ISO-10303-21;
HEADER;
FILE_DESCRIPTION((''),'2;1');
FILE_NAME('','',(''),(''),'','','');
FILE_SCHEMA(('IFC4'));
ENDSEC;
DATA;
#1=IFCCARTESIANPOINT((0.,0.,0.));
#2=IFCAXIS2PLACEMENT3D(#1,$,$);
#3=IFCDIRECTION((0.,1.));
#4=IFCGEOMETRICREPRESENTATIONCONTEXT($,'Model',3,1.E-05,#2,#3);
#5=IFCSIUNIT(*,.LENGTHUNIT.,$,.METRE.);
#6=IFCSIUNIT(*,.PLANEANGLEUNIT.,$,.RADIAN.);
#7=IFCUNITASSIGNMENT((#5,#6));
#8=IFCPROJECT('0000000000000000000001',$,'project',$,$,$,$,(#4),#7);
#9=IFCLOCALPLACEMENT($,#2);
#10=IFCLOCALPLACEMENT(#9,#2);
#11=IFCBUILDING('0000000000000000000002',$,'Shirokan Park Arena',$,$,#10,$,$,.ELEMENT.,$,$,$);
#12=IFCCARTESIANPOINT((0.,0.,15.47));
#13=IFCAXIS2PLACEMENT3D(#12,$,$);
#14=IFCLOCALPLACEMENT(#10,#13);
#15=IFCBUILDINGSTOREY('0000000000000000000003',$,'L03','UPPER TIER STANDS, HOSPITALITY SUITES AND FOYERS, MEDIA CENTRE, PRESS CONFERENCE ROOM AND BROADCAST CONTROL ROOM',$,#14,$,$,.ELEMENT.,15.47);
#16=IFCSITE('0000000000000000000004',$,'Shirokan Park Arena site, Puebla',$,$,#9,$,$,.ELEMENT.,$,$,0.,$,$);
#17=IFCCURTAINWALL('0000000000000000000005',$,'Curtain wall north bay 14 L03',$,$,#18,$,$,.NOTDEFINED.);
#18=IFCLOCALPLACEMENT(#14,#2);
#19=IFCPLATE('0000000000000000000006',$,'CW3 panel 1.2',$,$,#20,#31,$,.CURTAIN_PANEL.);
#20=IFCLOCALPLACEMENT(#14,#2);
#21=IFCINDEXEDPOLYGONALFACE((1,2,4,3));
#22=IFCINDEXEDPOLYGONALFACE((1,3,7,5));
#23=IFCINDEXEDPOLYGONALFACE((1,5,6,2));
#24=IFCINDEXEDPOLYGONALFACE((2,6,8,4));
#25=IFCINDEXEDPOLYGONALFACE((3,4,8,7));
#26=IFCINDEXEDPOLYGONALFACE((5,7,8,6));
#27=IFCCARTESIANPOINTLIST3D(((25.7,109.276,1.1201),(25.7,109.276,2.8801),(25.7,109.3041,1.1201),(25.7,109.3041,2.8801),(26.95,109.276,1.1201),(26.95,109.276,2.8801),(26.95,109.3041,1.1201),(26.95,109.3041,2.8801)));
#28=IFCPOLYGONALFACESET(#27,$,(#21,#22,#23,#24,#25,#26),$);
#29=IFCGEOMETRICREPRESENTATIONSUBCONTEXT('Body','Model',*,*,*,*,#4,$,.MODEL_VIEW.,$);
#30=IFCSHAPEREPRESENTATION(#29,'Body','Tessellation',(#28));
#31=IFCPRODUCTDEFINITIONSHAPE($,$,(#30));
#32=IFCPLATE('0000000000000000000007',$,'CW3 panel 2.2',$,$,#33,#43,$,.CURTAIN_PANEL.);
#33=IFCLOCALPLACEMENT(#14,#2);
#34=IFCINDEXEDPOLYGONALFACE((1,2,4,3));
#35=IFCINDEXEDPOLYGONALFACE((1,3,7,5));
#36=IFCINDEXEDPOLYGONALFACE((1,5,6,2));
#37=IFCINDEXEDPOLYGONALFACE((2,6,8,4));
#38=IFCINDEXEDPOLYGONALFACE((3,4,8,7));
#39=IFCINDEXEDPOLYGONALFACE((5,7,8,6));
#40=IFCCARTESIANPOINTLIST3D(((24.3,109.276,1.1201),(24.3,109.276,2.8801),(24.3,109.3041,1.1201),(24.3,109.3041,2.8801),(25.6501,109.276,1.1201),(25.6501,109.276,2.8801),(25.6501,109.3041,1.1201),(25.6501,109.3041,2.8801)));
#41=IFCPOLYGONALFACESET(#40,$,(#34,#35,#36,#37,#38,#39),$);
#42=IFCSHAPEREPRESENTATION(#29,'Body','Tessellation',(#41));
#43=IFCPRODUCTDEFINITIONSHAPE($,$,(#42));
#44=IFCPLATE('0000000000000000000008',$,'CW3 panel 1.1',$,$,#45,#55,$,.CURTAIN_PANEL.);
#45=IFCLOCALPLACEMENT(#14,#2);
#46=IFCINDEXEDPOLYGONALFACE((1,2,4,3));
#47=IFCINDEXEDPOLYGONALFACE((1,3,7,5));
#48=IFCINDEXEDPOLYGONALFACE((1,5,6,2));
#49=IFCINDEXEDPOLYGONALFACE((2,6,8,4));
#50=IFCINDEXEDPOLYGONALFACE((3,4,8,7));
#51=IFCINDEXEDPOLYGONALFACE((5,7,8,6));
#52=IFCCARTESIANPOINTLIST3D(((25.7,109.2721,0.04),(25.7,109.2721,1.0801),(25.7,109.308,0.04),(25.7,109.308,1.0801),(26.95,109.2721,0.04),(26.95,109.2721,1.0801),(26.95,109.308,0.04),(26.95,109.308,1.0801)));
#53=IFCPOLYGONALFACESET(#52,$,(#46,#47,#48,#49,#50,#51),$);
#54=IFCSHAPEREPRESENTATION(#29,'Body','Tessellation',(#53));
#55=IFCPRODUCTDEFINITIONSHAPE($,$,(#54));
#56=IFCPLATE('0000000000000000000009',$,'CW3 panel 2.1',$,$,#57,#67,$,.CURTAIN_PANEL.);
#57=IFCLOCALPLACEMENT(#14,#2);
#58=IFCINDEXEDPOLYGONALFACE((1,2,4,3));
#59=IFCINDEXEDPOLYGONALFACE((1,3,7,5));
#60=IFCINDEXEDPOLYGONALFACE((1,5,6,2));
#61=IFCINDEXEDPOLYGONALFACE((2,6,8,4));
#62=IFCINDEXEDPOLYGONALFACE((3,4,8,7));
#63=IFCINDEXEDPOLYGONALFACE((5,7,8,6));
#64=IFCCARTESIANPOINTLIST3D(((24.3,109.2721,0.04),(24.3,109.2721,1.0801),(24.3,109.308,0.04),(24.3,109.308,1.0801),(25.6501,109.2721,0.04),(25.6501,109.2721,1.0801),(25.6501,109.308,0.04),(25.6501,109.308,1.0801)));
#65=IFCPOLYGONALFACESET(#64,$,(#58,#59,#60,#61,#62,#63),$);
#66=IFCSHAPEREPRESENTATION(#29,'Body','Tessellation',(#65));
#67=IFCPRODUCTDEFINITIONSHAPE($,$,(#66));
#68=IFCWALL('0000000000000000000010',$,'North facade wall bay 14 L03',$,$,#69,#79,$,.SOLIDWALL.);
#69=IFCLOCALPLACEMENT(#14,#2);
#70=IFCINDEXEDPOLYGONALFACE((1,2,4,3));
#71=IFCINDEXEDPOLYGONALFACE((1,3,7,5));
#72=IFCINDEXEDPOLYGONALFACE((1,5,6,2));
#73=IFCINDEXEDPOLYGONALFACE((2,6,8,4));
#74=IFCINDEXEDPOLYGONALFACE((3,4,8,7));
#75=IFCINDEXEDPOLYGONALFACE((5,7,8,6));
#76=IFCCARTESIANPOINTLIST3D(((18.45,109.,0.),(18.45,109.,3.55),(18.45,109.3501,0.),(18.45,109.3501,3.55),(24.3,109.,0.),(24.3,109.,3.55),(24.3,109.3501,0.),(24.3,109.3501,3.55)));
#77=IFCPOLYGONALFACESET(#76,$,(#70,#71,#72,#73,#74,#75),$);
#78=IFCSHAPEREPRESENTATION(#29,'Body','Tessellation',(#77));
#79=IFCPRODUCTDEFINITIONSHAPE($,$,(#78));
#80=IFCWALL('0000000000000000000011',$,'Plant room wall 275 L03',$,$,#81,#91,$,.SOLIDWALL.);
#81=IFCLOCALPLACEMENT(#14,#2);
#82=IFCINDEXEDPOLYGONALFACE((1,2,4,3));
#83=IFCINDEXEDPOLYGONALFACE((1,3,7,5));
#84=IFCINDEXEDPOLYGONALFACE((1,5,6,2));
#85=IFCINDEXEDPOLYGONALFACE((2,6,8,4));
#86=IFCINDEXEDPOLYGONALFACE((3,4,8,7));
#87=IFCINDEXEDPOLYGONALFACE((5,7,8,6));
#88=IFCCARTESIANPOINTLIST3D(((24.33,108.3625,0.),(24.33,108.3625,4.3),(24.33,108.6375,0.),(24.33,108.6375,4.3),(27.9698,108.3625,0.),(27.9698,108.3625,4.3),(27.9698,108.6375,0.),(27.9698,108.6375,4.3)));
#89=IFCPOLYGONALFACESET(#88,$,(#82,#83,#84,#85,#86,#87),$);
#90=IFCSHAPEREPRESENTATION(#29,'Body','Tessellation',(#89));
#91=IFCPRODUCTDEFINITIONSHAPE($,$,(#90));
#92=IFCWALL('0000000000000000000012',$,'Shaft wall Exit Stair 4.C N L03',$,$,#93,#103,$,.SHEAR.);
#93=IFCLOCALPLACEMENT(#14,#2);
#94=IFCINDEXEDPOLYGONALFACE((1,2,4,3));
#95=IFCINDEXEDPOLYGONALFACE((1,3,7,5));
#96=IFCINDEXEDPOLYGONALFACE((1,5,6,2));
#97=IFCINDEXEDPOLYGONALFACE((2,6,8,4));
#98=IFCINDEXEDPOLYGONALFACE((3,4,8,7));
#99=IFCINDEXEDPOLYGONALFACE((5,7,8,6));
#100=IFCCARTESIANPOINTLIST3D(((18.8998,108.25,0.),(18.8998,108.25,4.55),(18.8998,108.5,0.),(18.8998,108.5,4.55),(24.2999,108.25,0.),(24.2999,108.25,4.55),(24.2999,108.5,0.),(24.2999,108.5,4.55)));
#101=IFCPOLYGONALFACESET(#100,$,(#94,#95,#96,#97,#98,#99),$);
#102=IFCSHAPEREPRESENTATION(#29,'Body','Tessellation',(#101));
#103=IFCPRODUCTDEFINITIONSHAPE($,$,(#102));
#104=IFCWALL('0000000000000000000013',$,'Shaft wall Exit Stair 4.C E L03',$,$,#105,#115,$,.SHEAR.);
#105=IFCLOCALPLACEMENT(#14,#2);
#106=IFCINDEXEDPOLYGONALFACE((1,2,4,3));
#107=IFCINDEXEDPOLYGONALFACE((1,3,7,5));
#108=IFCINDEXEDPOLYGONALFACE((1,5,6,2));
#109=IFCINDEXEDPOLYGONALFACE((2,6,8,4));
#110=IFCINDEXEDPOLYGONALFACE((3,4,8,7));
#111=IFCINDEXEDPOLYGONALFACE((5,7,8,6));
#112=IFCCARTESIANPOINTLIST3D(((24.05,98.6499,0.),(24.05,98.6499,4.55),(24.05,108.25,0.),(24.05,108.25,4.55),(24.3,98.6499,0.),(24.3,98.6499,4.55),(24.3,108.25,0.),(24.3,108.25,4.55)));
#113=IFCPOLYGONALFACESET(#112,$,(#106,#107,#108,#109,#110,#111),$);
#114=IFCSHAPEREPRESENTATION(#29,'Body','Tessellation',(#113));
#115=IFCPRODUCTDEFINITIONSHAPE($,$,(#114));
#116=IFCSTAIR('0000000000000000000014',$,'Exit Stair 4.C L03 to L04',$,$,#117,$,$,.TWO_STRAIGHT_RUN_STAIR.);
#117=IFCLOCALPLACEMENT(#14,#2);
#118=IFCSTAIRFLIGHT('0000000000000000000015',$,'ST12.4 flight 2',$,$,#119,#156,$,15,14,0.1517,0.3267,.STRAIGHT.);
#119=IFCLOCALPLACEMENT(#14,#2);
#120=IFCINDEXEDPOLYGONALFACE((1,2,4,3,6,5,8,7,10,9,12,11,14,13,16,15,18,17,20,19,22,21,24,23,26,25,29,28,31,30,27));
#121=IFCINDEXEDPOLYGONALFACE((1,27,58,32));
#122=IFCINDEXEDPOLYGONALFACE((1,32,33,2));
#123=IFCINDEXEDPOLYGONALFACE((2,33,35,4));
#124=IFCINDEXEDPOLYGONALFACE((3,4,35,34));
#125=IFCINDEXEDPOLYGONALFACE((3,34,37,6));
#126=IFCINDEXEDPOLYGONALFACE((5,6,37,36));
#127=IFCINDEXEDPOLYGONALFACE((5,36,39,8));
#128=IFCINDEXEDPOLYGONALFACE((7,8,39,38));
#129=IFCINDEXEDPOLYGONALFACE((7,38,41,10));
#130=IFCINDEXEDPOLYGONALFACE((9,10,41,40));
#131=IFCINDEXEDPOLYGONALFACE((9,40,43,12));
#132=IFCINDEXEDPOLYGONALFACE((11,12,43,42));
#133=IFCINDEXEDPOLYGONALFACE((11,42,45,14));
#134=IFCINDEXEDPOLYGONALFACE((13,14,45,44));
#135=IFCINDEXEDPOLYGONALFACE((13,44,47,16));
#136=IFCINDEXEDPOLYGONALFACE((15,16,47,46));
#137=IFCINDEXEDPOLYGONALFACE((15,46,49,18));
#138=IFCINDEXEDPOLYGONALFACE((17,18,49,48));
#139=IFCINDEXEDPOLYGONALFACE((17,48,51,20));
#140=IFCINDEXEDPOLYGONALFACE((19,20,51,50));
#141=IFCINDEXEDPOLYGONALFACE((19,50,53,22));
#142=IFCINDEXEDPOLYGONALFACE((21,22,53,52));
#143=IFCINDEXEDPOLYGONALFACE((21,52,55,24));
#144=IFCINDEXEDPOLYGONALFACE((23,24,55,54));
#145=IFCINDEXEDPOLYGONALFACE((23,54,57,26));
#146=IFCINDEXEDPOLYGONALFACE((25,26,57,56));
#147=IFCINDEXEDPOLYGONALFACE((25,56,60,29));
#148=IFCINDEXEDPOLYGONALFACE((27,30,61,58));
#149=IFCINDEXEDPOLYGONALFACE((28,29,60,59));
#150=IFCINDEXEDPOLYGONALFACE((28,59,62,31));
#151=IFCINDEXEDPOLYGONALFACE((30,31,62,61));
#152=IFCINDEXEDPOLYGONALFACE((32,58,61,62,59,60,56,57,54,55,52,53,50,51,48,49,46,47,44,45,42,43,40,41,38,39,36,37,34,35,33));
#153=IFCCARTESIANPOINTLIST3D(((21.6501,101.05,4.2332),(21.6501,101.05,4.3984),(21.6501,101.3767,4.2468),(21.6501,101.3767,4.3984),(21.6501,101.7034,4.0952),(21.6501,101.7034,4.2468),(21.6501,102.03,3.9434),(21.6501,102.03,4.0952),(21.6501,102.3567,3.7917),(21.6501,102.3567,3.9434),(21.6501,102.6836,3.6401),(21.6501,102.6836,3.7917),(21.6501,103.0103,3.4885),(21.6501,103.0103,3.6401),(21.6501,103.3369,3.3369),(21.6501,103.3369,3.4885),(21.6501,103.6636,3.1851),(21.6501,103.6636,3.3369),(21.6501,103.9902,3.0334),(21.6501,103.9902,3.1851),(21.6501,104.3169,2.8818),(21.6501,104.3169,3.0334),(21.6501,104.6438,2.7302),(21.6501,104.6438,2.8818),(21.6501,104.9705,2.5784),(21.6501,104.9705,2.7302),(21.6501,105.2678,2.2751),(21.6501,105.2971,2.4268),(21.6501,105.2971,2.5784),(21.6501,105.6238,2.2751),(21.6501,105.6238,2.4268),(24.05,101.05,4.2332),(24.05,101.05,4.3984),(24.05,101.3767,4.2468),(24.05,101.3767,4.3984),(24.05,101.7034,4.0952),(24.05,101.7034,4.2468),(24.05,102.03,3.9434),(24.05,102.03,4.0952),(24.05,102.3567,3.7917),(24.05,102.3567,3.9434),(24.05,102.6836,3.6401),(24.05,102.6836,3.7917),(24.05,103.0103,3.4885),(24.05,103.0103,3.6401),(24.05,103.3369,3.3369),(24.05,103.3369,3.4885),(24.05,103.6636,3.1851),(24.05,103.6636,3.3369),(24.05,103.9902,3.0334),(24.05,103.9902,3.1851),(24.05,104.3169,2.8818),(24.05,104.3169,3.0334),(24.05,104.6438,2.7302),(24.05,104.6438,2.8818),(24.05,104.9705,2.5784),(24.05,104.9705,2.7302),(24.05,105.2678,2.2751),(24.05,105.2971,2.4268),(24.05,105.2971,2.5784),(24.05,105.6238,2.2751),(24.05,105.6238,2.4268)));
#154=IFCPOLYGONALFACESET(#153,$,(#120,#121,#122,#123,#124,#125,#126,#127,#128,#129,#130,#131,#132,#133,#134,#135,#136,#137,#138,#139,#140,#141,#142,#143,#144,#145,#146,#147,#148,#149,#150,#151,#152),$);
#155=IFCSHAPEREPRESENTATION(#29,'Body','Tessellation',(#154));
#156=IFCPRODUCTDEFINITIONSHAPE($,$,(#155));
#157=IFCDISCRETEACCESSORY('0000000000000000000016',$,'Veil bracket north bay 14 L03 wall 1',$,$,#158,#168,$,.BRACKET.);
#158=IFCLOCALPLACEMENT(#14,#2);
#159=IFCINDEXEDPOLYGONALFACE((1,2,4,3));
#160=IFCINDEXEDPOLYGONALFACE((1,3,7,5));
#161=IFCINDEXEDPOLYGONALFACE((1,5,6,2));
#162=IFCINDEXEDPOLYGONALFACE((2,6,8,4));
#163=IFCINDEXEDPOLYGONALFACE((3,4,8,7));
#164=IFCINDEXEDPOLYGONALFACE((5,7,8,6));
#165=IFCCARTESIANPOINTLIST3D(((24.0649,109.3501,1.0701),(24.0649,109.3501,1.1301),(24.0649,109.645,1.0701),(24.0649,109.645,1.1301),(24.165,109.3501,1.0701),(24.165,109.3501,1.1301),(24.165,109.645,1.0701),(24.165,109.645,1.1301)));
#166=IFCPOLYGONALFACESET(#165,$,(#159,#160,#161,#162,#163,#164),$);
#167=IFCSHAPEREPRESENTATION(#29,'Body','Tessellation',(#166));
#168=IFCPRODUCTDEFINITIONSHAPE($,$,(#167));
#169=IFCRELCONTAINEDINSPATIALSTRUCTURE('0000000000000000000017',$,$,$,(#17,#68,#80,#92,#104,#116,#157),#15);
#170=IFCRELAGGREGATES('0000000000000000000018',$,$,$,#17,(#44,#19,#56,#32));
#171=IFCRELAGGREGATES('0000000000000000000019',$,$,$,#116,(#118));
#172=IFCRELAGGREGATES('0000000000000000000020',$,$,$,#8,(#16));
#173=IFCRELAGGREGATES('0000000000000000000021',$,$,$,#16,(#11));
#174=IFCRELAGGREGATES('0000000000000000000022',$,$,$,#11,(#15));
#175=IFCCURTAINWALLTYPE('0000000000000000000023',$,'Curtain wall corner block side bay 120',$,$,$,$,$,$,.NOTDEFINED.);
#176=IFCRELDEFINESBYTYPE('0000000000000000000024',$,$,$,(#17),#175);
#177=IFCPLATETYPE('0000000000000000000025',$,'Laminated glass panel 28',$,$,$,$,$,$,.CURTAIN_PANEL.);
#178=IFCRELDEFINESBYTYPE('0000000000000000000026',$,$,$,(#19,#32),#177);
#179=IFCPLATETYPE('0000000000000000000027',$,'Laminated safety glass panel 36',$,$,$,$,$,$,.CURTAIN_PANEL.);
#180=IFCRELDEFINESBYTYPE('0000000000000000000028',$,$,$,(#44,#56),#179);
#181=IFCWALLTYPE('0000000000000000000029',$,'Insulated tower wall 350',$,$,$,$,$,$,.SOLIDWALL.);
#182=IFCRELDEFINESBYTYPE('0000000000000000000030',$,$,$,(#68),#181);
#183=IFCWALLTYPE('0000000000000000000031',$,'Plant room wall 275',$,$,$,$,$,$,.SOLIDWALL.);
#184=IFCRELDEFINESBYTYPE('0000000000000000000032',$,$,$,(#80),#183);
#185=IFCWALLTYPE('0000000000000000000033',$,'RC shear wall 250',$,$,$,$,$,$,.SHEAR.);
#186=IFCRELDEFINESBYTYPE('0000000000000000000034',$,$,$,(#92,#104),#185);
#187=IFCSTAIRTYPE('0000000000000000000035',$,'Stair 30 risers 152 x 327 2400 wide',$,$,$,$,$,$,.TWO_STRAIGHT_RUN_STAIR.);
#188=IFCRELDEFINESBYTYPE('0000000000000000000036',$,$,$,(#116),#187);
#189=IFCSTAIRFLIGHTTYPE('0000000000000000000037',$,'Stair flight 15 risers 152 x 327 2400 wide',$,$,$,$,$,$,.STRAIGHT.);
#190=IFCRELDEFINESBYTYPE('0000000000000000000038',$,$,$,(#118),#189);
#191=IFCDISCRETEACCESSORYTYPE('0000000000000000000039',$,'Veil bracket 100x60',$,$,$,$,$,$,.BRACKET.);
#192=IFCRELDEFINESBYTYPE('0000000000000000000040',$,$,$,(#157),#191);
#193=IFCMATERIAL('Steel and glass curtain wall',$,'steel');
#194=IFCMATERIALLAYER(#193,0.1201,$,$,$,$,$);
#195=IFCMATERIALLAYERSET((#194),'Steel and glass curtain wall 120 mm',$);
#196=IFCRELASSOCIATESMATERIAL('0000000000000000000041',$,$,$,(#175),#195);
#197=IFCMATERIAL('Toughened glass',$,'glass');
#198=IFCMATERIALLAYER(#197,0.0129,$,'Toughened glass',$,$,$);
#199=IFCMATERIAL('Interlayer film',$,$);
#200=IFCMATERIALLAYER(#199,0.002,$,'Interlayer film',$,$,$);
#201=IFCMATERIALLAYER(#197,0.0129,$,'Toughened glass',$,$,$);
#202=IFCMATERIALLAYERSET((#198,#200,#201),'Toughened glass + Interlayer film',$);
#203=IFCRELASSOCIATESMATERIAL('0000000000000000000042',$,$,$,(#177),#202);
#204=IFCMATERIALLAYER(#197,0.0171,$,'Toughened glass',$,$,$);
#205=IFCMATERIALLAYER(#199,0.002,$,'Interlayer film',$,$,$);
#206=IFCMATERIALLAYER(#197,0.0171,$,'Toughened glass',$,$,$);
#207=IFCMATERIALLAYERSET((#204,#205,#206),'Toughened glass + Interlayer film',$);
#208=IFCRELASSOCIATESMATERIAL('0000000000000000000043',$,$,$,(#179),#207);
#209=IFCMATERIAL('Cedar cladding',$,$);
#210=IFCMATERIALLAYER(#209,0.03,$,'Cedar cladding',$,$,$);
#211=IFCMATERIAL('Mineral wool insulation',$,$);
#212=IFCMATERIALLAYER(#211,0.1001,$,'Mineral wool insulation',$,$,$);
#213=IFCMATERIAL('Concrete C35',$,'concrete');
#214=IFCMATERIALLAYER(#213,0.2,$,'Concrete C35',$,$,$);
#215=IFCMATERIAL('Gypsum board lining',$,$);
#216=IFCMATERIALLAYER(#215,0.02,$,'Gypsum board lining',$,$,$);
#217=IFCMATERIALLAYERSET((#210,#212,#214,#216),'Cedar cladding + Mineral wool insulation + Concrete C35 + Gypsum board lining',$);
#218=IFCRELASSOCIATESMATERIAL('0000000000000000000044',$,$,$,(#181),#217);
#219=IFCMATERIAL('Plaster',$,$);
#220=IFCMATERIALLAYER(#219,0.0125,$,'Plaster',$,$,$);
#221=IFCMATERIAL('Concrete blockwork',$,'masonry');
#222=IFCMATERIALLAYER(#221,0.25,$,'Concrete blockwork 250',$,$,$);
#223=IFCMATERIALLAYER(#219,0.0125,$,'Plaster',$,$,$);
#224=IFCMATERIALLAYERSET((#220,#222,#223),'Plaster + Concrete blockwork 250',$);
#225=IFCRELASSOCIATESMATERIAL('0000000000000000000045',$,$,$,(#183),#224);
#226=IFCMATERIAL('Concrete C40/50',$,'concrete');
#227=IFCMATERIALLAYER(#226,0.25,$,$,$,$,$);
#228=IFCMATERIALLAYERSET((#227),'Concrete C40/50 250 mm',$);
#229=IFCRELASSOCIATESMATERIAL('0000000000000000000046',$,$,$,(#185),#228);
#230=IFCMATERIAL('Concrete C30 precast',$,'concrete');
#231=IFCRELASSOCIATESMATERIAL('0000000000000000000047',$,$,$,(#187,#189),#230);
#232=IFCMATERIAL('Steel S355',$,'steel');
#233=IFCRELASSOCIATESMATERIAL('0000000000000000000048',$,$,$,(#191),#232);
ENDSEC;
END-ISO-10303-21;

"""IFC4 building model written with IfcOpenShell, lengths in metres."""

from ifc_helpers import new_model, si_unit, direction, frame, frame_2d, origin, origin_2d, place, context, subcontext, project, spatial, polyline, rectangle, outline, extrude, material, layer, layer_set, type_object, element, aggregate, save


model = new_model("IFC4")

# Units and contexts
model_context = context("Model", 3, precision=1e-05, world=origin(), true_north=direction((0.0, 1.0)))
body_context = subcontext(model_context, "Body", "Model", "MODEL_VIEW")
ifc_project = project(units=[si_unit("LENGTHUNIT", "METRE"), si_unit("PLANEANGLEUNIT", "RADIAN")], contexts=[model_context])

# Site, building, storey
site_placement = place(None, origin())
site = spatial("IfcSite", under=ifc_project, at=site_placement, Name="Shirokan Park Arena site, Puebla", CompositionType="ELEMENT", RefElevation=0.0)
building_placement = place(site_placement, origin())
building = spatial("IfcBuilding", under=site, at=building_placement, Name="Shirokan Park Arena", CompositionType="ELEMENT")
storey_placement = place(building_placement, frame((0.0, 0.0, 15.47)))
storey = spatial("IfcBuildingStorey", under=building, at=storey_placement, Name="L03", Description="UPPER TIER STANDS, HOSPITALITY SUITES AND FOYERS, MEDIA CENTRE, PRESS CONFERENCE ROOM AND BROADCAST CONTROL ROOM", CompositionType="ELEMENT", Elevation=15.47)

# Curtain wall, plates
ifc_material_1 = material(Name="Steel and glass curtain wall", Category="steel")
ifc_layer_1 = layer(ifc_material_1, 0.1201)
ifc_layer_set_1 = layer_set([ifc_layer_1], Name="Steel and glass curtain wall 120 mm")
curtain_wall_type = type_object("IfcCurtainWallType", Name="Curtain wall corner block side bay 120", PredefinedType="NOTDEFINED", material=ifc_layer_set_1)
curtain_wall_placement = place(storey_placement, origin())
curtain_wall = element("IfcCurtainWall", 1, at=curtain_wall_placement, inside=storey, type_object=curtain_wall_type, Name="Curtain wall north bay 14 L03", PredefinedType="NOTDEFINED")
ifc_material_2 = material(Name="Steel S355", Category="steel")
ifc_material_3 = material(Name="Mineral wool insulation")
ifc_material_4 = material(Name="Toughened glass", Category="glass")
ifc_layer_2 = layer(ifc_material_4, 0.0129, Name="Toughened glass")
ifc_material_5 = material(Name="Interlayer film")
ifc_layer_3 = layer(ifc_material_5, 0.002, Name="Interlayer film")
ifc_layer_4 = layer(ifc_material_4, 0.0129, Name="Toughened glass")
ifc_layer_set_2 = layer_set([ifc_layer_2, ifc_layer_3, ifc_layer_4], Name="Toughened glass + Interlayer film")
plate_type_1 = type_object("IfcPlateType", Name="Laminated glass panel 28", PredefinedType="CURTAIN_PANEL", material=ifc_layer_set_2)
plate_1_placement = place(storey_placement, frame((26.325, 109.29, 1.1201), z_axis=(0.0, 0.0, 1.0), x_axis=(-1.0, 0.0, 0.0)))
plate_1 = element("IfcPlate", 2, at=plate_1_placement, type_object=plate_type_1, Name="CW3 panel 1.2", PredefinedType="CURTAIN_PANEL", context=body_context, shape_type="SweptSolid", body=[
    extrude(rectangle(XDim=1.25, YDim=0.0281, at=origin_2d()), origin(), (0.0, 0.0, 1.0), 1.76),
])
plate_2_placement = place(storey_placement, frame((24.9751, 109.29, 1.1201), z_axis=(0.0, 0.0, 1.0), x_axis=(-1.0, 0.0, 0.0)))
plate_2 = element("IfcPlate", 3, at=plate_2_placement, type_object=plate_type_1, Name="CW3 panel 2.2", PredefinedType="CURTAIN_PANEL", context=body_context, shape_type="SweptSolid", body=[
    extrude(rectangle(XDim=1.3501, YDim=0.0281, at=origin_2d()), origin(), (0.0, 0.0, 1.0), 1.76),
])
ifc_layer_5 = layer(ifc_material_4, 0.0171, Name="Toughened glass")
ifc_layer_6 = layer(ifc_material_5, 0.002, Name="Interlayer film")
ifc_layer_7 = layer(ifc_material_4, 0.0171, Name="Toughened glass")
ifc_layer_set_3 = layer_set([ifc_layer_5, ifc_layer_6, ifc_layer_7], Name="Toughened glass + Interlayer film")
plate_type_2 = type_object("IfcPlateType", Name="Laminated safety glass panel 36", PredefinedType="CURTAIN_PANEL", material=ifc_layer_set_3)
plate_3_placement = place(storey_placement, frame((26.325, 109.29, 0.04), z_axis=(0.0, 0.0, 1.0), x_axis=(-1.0, 0.0, 0.0)))
plate_3 = element("IfcPlate", 4, at=plate_3_placement, type_object=plate_type_2, Name="CW3 panel 1.1", PredefinedType="CURTAIN_PANEL", context=body_context, shape_type="SweptSolid", body=[
    extrude(rectangle(XDim=1.25, YDim=0.0359, at=origin_2d()), origin(), (0.0, 0.0, 1.0), 1.04),
])
plate_4_placement = place(storey_placement, frame((24.9751, 109.29, 0.04), z_axis=(0.0, 0.0, 1.0), x_axis=(-1.0, 0.0, 0.0)))
plate_4 = element("IfcPlate", 5, at=plate_4_placement, type_object=plate_type_2, Name="CW3 panel 2.1", PredefinedType="CURTAIN_PANEL", context=body_context, shape_type="SweptSolid", body=[
    extrude(rectangle(XDim=1.3501, YDim=0.0359, at=origin_2d()), origin(), (0.0, 0.0, 1.0), 1.04),
])
aggregate(curtain_wall, [plate_3, plate_1, plate_4, plate_2])

# Walls
ifc_material_6 = material(Name="Cedar cladding")
ifc_layer_8 = layer(ifc_material_6, 0.03, Name="Cedar cladding")
ifc_layer_9 = layer(ifc_material_3, 0.1001, Name="Mineral wool insulation")
ifc_material_7 = material(Name="Concrete C35", Category="concrete")
ifc_layer_10 = layer(ifc_material_7, 0.2, Name="Concrete C35")
ifc_material_8 = material(Name="Gypsum board lining")
ifc_layer_11 = layer(ifc_material_8, 0.02, Name="Gypsum board lining")
ifc_layer_set_4 = layer_set([ifc_layer_8, ifc_layer_9, ifc_layer_10, ifc_layer_11], Name="Cedar cladding + Mineral wool insulation + Concrete C35 + Gypsum board lining")
wall_type_1 = type_object("IfcWallType", Name="Insulated tower wall 350", PredefinedType="SOLIDWALL", material=ifc_layer_set_4)
wall_1_placement = place(storey_placement, frame((24.3, 109.175, 0.0), z_axis=(0.0, 0.0, 1.0), x_axis=(-1.0, 0.0, 0.0)))
element("IfcWall", 6, at=wall_1_placement, inside=storey, type_object=wall_type_1, Name="North facade wall bay 14 L03", PredefinedType="SOLIDWALL", context=body_context, shape_type="SweptSolid", body=[
    extrude(rectangle(XDim=5.8501, YDim=0.3501, at=frame_2d((2.925, 0.0))), origin(), (0.0, 0.0, 1.0), 3.55),
])
ifc_material_9 = material(Name="Plaster")
ifc_layer_12 = layer(ifc_material_9, 0.0125, Name="Plaster")
ifc_material_10 = material(Name="Concrete blockwork", Category="masonry")
ifc_layer_13 = layer(ifc_material_10, 0.25, Name="Concrete blockwork 250")
ifc_layer_14 = layer(ifc_material_9, 0.0125, Name="Plaster")
ifc_layer_set_5 = layer_set([ifc_layer_12, ifc_layer_13, ifc_layer_14], Name="Plaster + Concrete blockwork 250")
wall_type_2 = type_object("IfcWallType", Name="Plant room wall 275", PredefinedType="SOLIDWALL", material=ifc_layer_set_5)
wall_2_placement = place(storey_placement, frame((24.3301, 108.5, 0.0), z_axis=(0.0, 0.0, 1.0), x_axis=(1.0, 0.0, 0.0)))
element("IfcWall", 7, at=wall_2_placement, inside=storey, type_object=wall_type_2, Name="Plant room wall 275 L03", PredefinedType="SOLIDWALL", context=body_context, shape_type="SweptSolid", body=[
    extrude(rectangle(XDim=3.6399, YDim=0.2749, at=frame_2d((1.8198, 0.0))), origin(), (0.0, 0.0, 1.0), 4.3),
])
ifc_material_11 = material(Name="Concrete C40/50", Category="concrete")
ifc_layer_15 = layer(ifc_material_11, 0.25)
ifc_layer_set_6 = layer_set([ifc_layer_15], Name="Concrete C40/50 250 mm")
wall_type_3 = type_object("IfcWallType", Name="RC shear wall 250", PredefinedType="SHEAR", material=ifc_layer_set_6)
wall_3_placement = place(storey_placement, frame((24.3, 108.375, 0.0), z_axis=(0.0, 0.0, 1.0), x_axis=(-1.0, 0.0, 0.0)))
element("IfcWall", 8, at=wall_3_placement, inside=storey, type_object=wall_type_3, Name="Shaft wall Exit Stair 4.C N L03", PredefinedType="SHEAR", context=body_context, shape_type="SweptSolid", body=[
    extrude(rectangle(XDim=5.4001, YDim=0.25, at=frame_2d((2.7002, 0.0))), origin(), (0.0, 0.0, 1.0), 4.55),
])
wall_4_placement = place(storey_placement, frame((24.175, 108.25, 0.0), z_axis=(0.0, 0.0, 1.0), x_axis=(0.0, -1.0, 0.0)))
element("IfcWall", 9, at=wall_4_placement, inside=storey, type_object=wall_type_3, Name="Shaft wall Exit Stair 4.C E L03", PredefinedType="SHEAR", context=body_context, shape_type="SweptSolid", body=[
    extrude(rectangle(XDim=9.6001, YDim=0.25, at=frame_2d((4.8, 0.0))), origin(), (0.0, 0.0, 1.0), 4.55),
])

# Stair, stair flight
ifc_material_12 = material(Name="Concrete C30 precast", Category="concrete")
stair_type = type_object("IfcStairType", Name="Stair 30 risers 152 x 327 2400 wide", PredefinedType="TWO_STRAIGHT_RUN_STAIR", material=ifc_material_12)
stair_placement = place(storey_placement, origin())
stair = element("IfcStair", 10, at=stair_placement, inside=storey, type_object=stair_type, Name="Exit Stair 4.C L03 to L04", PredefinedType="TWO_STRAIGHT_RUN_STAIR")
stair_flight_type = type_object("IfcStairFlightType", Name="Stair flight 15 risers 152 x 327 2400 wide", PredefinedType="STRAIGHT", material=ifc_material_12)
stair_flight_placement = place(storey_placement, frame((22.8501, 105.6238, 2.2751), z_axis=(0.0, 0.0, 1.0), x_axis=(0.0, -1.0, 0.0)))
stair_flight = element("IfcStairFlight", 11, at=stair_flight_placement, type_object=stair_flight_type, Name="ST12.4 flight 2", NumberOfRisers=15, NumberOfTreads=14, PredefinedType="STRAIGHT", RiserHeight=0.1517, TreadLength=0.3267, context=body_context, shape_type="SweptSolid", body=[
    extrude(outline(polyline([(0.0, 0.0), (0.0, 0.1516), (0.3267, 0.1516), (0.3267, 0.3032), (0.6533, 0.3032), (0.6533, 0.4551), (0.98, 0.4551), (0.98, 0.6067), (1.3069, 0.6067), (1.3069, 0.7583), (1.6335, 0.7583), (1.6335, 0.9099), (1.9602, 0.9099), (1.9602, 1.0618), (2.2869, 1.0618), (2.2869, 1.2134), (2.6135, 1.2134), (2.6135, 1.365), (2.9402, 1.365), (2.9402, 1.5166), (3.2671, 1.5166), (3.2671, 1.6682), (3.5938, 1.6682), (3.5938, 1.8201), (3.9204, 1.8201), (3.9204, 1.9717), (4.2471, 1.9717), (4.2471, 2.1233), (4.5737, 2.1233), (4.5737, 2.2749), (4.5737, 1.958), (0.356, 0.0), (0.0, 0.0)])), frame((0.0, 1.2, 0.0), z_axis=(0.0, -1.0, 0.0), x_axis=(1.0, 0.0, 0.0)), (0.0, 0.0, 1.0), 2.3999),
])
aggregate(stair, [stair_flight])

# Discrete accessory
discrete_accessory_type = type_object("IfcDiscreteAccessoryType", Name="Veil bracket 100x60", PredefinedType="BRACKET", material=ifc_material_2)
discrete_accessory_placement = place(storey_placement, frame((24.115, 109.4976, 1.0701), z_axis=(0.0, 0.0, 1.0), x_axis=(-1.0, 0.0, 0.0)))
element("IfcDiscreteAccessory", 12, at=discrete_accessory_placement, inside=storey, type_object=discrete_accessory_type, Name="Veil bracket north bay 14 L03 wall 1", PredefinedType="BRACKET", context=body_context, shape_type="SweptSolid", body=[
    extrude(rectangle(XDim=0.1001, YDim=0.2949, at=origin_2d()), origin(), (0.0, 0.0, 1.0), 0.0601),
])

save(model, "model.ifc")
